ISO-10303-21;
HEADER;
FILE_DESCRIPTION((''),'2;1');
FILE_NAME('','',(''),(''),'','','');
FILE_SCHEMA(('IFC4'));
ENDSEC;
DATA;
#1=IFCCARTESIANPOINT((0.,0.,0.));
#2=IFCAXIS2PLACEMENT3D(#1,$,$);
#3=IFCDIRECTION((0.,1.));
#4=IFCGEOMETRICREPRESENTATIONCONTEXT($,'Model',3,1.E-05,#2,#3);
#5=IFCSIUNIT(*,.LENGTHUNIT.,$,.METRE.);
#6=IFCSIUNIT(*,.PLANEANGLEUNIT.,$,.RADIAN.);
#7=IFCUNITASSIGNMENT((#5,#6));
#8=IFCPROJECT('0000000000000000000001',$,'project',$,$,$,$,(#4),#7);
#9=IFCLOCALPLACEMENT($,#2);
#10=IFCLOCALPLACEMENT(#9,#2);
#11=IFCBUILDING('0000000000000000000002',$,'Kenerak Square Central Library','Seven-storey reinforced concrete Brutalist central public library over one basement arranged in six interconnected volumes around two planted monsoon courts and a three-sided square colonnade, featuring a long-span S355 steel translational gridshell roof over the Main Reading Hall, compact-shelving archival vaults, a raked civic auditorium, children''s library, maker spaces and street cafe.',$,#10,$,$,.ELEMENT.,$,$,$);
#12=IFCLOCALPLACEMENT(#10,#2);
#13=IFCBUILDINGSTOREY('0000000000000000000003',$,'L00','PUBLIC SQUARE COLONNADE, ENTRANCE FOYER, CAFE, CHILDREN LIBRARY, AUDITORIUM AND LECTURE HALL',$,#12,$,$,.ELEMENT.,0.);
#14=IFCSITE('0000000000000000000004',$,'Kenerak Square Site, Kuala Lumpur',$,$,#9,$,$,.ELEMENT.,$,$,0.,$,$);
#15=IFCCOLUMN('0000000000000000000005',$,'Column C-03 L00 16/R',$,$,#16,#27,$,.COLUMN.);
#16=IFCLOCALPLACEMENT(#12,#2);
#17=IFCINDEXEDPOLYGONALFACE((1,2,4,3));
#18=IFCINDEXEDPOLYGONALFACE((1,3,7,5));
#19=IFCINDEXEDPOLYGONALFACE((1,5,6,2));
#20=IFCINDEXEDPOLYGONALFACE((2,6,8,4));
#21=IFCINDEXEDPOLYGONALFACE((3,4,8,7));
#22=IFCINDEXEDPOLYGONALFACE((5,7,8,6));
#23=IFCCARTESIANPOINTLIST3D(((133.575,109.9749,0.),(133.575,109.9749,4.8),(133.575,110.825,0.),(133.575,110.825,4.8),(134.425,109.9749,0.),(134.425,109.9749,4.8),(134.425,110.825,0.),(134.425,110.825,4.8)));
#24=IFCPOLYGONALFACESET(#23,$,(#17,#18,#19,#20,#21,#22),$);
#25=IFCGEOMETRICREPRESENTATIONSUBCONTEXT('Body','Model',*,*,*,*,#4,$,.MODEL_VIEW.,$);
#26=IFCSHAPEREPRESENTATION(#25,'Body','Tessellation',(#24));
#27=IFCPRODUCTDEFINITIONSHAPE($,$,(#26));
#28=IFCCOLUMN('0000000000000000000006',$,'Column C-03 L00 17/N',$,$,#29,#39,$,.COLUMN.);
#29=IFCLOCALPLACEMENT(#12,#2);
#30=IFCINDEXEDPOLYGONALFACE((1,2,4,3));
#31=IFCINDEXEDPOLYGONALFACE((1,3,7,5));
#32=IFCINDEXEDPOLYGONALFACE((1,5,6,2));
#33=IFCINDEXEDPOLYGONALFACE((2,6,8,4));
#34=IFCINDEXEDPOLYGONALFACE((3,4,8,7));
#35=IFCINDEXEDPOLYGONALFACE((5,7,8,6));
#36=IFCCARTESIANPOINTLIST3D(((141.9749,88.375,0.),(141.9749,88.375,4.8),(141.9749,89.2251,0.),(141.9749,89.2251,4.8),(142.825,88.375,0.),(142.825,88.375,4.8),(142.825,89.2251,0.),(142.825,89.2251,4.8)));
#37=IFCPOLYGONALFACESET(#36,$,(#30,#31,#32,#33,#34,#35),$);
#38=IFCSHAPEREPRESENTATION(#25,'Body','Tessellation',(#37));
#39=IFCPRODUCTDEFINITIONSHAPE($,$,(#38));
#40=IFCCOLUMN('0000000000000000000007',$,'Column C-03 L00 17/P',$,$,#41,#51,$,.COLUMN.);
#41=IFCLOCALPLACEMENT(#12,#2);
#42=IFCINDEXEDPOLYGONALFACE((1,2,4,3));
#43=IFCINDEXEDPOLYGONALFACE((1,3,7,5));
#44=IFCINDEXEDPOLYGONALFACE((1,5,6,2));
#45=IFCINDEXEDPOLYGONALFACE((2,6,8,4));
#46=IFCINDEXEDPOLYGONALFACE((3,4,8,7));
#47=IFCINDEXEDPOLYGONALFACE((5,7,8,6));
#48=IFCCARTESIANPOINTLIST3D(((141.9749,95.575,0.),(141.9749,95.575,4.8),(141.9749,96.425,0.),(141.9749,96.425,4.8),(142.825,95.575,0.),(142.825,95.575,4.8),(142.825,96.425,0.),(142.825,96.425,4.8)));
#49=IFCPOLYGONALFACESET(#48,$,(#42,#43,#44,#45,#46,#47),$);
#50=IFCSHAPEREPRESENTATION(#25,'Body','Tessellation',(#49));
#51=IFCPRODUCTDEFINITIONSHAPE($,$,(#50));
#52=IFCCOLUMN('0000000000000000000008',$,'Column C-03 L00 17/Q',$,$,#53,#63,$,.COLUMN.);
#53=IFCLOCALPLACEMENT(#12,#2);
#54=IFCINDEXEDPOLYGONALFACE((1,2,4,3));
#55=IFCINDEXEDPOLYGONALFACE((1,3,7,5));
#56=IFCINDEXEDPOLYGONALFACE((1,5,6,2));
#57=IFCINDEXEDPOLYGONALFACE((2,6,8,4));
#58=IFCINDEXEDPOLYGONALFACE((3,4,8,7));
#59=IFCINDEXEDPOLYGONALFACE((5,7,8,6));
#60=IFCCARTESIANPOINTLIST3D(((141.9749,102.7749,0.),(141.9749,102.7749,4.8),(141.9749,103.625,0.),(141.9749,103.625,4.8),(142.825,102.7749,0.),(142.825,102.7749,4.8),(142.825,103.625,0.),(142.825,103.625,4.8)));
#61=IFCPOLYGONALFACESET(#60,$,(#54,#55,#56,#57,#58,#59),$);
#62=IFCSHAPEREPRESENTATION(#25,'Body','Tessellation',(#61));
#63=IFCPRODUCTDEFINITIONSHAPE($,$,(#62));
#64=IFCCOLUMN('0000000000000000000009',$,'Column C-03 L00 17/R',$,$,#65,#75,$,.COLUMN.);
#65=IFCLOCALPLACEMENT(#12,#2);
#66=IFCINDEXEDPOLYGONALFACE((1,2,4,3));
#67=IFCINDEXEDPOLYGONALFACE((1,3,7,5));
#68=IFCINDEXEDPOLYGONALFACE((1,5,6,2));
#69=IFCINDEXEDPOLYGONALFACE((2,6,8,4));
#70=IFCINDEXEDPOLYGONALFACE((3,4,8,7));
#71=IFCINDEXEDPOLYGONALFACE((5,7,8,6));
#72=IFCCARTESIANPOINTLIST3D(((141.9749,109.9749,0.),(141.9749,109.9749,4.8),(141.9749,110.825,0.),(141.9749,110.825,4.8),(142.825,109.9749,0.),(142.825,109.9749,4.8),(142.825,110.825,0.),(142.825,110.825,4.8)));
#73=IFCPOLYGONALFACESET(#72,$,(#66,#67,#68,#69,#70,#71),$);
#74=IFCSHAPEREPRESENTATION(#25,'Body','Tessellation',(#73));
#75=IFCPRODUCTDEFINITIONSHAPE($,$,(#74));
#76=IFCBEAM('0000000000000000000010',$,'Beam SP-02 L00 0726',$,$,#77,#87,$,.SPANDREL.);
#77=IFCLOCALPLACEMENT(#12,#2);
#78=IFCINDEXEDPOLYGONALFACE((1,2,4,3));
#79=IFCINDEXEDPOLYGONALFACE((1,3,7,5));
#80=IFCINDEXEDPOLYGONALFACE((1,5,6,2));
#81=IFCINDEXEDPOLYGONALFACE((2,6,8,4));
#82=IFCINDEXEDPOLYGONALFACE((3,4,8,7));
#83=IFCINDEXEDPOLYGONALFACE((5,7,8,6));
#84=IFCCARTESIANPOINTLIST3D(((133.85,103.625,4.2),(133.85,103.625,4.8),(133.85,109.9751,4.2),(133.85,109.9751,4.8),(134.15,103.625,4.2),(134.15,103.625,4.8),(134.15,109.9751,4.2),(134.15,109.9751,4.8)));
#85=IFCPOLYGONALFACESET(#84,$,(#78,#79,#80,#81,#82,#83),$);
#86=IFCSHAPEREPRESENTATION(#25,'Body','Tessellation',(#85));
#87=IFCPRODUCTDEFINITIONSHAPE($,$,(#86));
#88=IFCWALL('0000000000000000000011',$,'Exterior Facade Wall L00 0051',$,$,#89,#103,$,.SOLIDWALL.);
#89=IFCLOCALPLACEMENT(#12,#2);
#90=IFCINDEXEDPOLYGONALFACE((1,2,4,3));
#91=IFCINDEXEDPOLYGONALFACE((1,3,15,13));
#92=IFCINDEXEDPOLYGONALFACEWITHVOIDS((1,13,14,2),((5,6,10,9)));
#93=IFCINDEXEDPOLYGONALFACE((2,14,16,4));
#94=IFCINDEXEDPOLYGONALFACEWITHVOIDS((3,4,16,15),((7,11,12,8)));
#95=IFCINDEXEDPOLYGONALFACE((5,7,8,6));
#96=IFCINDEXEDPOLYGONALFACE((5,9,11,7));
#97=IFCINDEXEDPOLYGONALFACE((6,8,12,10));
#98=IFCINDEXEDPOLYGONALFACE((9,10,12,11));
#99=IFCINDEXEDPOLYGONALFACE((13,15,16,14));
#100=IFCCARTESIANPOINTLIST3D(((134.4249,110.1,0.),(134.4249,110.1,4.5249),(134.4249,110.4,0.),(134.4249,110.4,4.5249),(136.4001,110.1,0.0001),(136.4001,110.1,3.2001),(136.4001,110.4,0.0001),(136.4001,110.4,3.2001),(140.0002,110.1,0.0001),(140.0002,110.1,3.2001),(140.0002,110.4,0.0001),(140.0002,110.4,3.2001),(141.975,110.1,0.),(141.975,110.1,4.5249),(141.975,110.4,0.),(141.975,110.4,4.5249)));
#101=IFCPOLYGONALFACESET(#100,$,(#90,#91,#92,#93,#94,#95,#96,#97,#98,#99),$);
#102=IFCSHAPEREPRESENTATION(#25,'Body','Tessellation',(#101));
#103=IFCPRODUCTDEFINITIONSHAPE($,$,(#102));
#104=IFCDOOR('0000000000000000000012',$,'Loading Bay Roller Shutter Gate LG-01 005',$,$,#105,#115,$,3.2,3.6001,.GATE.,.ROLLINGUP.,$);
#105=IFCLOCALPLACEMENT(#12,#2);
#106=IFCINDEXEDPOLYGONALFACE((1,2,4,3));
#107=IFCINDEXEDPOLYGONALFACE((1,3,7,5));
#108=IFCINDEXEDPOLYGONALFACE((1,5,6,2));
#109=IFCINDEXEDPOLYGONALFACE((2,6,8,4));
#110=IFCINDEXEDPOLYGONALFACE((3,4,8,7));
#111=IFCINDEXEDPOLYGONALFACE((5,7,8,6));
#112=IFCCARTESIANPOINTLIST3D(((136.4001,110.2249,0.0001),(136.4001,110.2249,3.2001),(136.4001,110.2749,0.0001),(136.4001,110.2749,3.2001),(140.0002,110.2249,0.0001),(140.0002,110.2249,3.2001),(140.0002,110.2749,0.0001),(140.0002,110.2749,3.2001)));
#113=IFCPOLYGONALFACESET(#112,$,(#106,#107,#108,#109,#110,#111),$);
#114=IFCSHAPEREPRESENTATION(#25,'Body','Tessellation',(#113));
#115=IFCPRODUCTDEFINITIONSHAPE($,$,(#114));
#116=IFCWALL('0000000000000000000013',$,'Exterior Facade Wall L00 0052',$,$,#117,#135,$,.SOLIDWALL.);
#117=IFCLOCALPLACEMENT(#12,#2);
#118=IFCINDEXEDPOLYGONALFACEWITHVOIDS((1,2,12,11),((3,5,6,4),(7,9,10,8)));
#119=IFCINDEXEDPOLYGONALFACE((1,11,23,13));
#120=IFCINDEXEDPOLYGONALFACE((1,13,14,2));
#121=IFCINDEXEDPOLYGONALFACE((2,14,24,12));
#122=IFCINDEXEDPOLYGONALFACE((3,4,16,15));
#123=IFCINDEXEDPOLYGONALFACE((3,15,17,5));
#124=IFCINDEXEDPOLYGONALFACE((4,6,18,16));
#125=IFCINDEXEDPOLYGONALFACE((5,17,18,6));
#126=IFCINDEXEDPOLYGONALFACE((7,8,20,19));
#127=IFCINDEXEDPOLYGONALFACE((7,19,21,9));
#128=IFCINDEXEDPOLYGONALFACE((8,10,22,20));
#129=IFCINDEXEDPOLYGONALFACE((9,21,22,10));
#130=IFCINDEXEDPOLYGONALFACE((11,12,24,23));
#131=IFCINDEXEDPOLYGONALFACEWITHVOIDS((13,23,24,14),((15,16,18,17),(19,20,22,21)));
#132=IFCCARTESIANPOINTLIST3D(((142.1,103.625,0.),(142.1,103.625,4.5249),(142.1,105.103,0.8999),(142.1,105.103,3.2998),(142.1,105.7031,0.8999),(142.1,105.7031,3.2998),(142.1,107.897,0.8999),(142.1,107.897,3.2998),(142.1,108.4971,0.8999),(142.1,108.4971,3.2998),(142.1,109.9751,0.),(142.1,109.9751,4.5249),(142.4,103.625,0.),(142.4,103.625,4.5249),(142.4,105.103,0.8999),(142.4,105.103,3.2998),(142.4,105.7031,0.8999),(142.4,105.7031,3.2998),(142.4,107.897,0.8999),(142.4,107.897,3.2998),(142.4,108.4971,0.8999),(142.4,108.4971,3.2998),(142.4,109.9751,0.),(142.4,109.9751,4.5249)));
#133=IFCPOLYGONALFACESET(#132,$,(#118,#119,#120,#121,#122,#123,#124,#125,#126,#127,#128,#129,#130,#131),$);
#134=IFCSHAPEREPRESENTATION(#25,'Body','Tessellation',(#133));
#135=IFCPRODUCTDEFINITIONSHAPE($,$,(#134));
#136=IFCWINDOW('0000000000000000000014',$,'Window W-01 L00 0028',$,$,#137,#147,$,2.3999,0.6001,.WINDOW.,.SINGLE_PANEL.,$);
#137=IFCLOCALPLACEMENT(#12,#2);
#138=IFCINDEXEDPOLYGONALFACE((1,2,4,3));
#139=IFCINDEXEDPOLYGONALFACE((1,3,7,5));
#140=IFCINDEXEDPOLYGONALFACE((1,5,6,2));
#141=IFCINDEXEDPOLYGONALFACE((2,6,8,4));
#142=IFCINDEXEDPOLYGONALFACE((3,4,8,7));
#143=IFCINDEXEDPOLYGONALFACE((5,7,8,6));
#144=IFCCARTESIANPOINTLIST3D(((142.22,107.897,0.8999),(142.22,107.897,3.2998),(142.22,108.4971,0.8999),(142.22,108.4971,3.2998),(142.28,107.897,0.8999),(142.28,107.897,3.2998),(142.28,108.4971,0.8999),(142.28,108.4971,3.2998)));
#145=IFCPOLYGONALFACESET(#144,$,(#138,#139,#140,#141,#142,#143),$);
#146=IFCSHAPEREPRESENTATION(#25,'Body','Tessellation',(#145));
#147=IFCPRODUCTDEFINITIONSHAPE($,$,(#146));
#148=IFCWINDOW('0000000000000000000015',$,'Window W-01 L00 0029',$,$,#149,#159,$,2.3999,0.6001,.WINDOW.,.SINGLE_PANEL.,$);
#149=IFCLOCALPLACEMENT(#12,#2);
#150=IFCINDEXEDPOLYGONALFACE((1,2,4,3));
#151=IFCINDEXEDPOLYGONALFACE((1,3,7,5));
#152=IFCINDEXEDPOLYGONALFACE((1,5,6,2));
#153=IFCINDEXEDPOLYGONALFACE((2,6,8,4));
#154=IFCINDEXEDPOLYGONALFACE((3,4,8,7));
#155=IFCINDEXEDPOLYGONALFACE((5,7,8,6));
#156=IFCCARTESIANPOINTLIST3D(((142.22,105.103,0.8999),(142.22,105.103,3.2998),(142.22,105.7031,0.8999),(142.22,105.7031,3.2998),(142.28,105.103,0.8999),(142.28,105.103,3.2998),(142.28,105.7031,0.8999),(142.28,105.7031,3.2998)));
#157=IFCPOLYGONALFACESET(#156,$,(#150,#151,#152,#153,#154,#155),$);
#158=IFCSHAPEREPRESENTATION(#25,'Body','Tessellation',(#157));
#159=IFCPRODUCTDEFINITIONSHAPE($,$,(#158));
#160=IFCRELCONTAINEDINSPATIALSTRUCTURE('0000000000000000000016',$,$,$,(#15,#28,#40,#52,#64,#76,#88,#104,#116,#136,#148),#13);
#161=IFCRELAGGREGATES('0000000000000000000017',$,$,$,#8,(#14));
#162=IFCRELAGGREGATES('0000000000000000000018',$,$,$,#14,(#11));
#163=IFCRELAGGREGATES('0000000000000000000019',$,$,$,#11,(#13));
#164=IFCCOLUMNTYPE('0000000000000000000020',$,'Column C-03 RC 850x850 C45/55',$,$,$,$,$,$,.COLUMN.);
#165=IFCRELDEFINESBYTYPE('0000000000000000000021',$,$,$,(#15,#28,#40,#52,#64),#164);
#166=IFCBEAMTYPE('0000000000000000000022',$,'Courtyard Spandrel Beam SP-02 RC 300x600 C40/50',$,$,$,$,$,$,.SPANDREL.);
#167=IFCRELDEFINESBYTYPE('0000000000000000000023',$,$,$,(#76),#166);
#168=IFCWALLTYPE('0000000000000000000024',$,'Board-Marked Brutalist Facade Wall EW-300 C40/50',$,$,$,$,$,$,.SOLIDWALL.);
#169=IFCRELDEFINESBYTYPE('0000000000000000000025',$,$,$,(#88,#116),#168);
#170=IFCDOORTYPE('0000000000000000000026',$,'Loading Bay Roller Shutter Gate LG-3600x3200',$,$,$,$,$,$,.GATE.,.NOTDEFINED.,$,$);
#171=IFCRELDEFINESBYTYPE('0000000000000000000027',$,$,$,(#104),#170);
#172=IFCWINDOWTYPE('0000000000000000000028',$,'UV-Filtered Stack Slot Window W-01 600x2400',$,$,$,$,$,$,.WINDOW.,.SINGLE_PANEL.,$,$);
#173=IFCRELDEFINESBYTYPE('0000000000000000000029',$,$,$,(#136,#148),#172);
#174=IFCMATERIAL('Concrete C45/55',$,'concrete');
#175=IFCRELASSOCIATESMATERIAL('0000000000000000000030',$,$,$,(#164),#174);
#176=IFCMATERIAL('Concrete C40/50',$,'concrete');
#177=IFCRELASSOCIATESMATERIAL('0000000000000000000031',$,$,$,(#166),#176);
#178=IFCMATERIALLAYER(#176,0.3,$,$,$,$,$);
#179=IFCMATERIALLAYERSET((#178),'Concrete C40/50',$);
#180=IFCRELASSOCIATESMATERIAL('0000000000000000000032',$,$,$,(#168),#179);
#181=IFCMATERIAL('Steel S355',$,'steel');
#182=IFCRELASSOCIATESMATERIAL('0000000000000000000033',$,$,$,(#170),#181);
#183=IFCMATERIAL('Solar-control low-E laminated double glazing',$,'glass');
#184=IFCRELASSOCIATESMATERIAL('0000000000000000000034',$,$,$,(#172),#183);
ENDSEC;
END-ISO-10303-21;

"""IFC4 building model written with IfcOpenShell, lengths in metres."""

from ifc_helpers import new_model, si_unit, direction, frame, frame_2d, origin, origin_2d, place, context, subcontext, project, spatial, rectangle, extrude, material, layer, layer_set, material_profile, profile_set, type_object, element, fill, save


model = new_model("IFC4")

# Units and contexts
model_context = context("Model", 3, precision=1e-05, world=origin(), true_north=direction((0.0, 1.0)))
body_context = subcontext(model_context, "Body", "Model", "MODEL_VIEW")
ifc_project = project(units=[si_unit("LENGTHUNIT", "METRE"), si_unit("PLANEANGLEUNIT", "RADIAN")], contexts=[model_context])

# Site, building, storey
site_placement = place(None, origin())
site = spatial("IfcSite", under=ifc_project, at=site_placement, Name="Kenerak Square Site, Kuala Lumpur", CompositionType="ELEMENT", RefElevation=0.0)
building_placement = place(site_placement, origin())
building = spatial("IfcBuilding", under=site, at=building_placement, Name="Kenerak Square Central Library", Description="Seven-storey reinforced concrete Brutalist central public library over one basement arranged in six interconnected volumes around two planted monsoon courts and a three-sided square colonnade, featuring a long-span S355 steel translational gridshell roof over the Main Reading Hall, compact-shelving archival vaults, a raked civic auditorium, children's library, maker spaces and street cafe.", CompositionType="ELEMENT")
storey_placement = place(building_placement, origin())
storey = spatial("IfcBuildingStorey", under=building, at=storey_placement, Name="L00", Description="PUBLIC SQUARE COLONNADE, ENTRANCE FOYER, CAFE, CHILDREN LIBRARY, AUDITORIUM AND LECTURE HALL", CompositionType="ELEMENT", Elevation=0.0)

# Columns
ifc_material_1 = material(Name="Concrete C45/55", Category="concrete")
ifc_material_profile_1 = material_profile(ifc_material_1, rectangle(XDim=0.8501, YDim=0.8501, at=origin_2d()), Name="RC 850x850")
ifc_profile_set_1 = profile_set([ifc_material_profile_1], Name="Concrete C45/55")
column_type = type_object("IfcColumnType", Name="Column C-03 RC 850x850 C45/55", PredefinedType="COLUMN", material=ifc_profile_set_1)
for number, where, z_axis, x_axis, name in (
    (1, (134.0, 110.3999, 0.0), (0.0, 0.0, 1.0), (1.0, 0.0, 0.0), "Column C-03 L00 16/R"),
    (2, (142.3999, 88.8, 0.0), (0.0, 0.0, 1.0), (1.0, 0.0, 0.0), "Column C-03 L00 17/N"),
    (3, (142.3999, 96.0, 0.0), (0.0, 0.0, 1.0), (1.0, 0.0, 0.0), "Column C-03 L00 17/P"),
    (4, (142.3999, 103.2, 0.0), (0.0, 0.0, 1.0), (1.0, 0.0, 0.0), "Column C-03 L00 17/Q"),
    (5, (142.3999, 110.3999, 0.0), (0.0, 0.0, 1.0), (1.0, 0.0, 0.0), "Column C-03 L00 17/R"),
):
    element("IfcColumn", number, at=place(storey_placement, frame(where, z_axis=z_axis, x_axis=x_axis)), inside=storey, type_object=column_type, Name=name, PredefinedType="COLUMN", context=body_context, shape_type="SweptSolid", body=[
        extrude(rectangle(XDim=0.8501, YDim=0.8501, at=origin_2d()), origin(), (0.0, 0.0, 1.0), 4.8),
    ])

# Beam
ifc_material_2 = material(Name="Concrete C40/50", Category="concrete")
ifc_material_profile_2 = material_profile(ifc_material_2, rectangle(XDim=0.3, YDim=0.6001, at=origin_2d()), Name="RC 300x600")
ifc_profile_set_2 = profile_set([ifc_material_profile_2], Name="Concrete C40/50")
beam_type = type_object("IfcBeamType", Name="Courtyard Spandrel Beam SP-02 RC 300x600 C40/50", PredefinedType="SPANDREL", material=ifc_profile_set_2)
beam_placement = place(storey_placement, frame((134.0, 103.625, 4.5), z_axis=(0.0, 1.0, 0.0), x_axis=(-1.0, 0.0, 0.0)))
element("IfcBeam", 6, at=beam_placement, inside=storey, type_object=beam_type, Name="Beam SP-02 L00 0726", PredefinedType="SPANDREL", context=body_context, shape_type="SweptSolid", body=[
    extrude(rectangle(XDim=0.3, YDim=0.6001, at=origin_2d()), origin(), (0.0, 0.0, 1.0), 6.3501),
])

# Wall, opening, door
ifc_layer = layer(ifc_material_2, 0.3)
ifc_layer_set = layer_set([ifc_layer], Name="Concrete C40/50")
wall_type = type_object("IfcWallType", Name="Board-Marked Brutalist Facade Wall EW-300 C40/50", PredefinedType="SOLIDWALL", material=ifc_layer_set)
wall_1_placement = place(storey_placement, frame((134.425, 110.25, 0.0), z_axis=(0.0, 0.0, 1.0), x_axis=(1.0, 0.0, 0.0)))
wall_1 = element("IfcWall", 7, at=wall_1_placement, inside=storey, type_object=wall_type, Name="Exterior Facade Wall L00 0051", PredefinedType="SOLIDWALL", context=body_context, shape_type="SweptSolid", body=[
    extrude(rectangle(XDim=7.55, YDim=0.3, at=frame_2d((3.7749, 0.0))), origin(), (0.0, 0.0, 1.0), 4.5249),
])
opening_1_placement = place(wall_1_placement, frame((1.9751, 0.0, 0.0)))
opening_1 = element("IfcOpeningElement", 8, at=opening_1_placement, cuts=wall_1, PredefinedType="OPENING", context=body_context, shape_type="SweptSolid", body=[
    extrude(rectangle(XDim=3.6001, YDim=3.2, at=frame_2d((1.8, 1.6001))), frame((0.0, 0.1599, 0.0), z_axis=(0.0, -1.0, 0.0), x_axis=(1.0, 0.0, 0.0)), (0.0, 0.0, 1.0), 0.3201),
])
ifc_material_3 = material(Name="Steel S355", Category="steel")
door_type = type_object("IfcDoorType", Name="Loading Bay Roller Shutter Gate LG-3600x3200", OperationType="NOTDEFINED", PredefinedType="GATE", material=ifc_material_3)
door_placement = place(opening_1_placement, origin())
door = element("IfcDoor", 9, at=door_placement, inside=storey, type_object=door_type, Name="Loading Bay Roller Shutter Gate LG-01 005", OperationType="ROLLINGUP", OverallHeight=3.2, OverallWidth=3.6001, PredefinedType="GATE", context=body_context, shape_type="SweptSolid", body=[
    extrude(rectangle(XDim=3.6001, YDim=3.2, at=frame_2d((1.8, 1.6001))), frame((0.0, 0.0249, 0.0), z_axis=(0.0, -1.0, 0.0), x_axis=(1.0, 0.0, 0.0)), (0.0, 0.0, 1.0), 0.05),
])
fill(opening_1, door)

# Wall, openings, windows
wall_2_placement = place(storey_placement, frame((142.25, 109.9751, 0.0), z_axis=(0.0, 0.0, 1.0), x_axis=(0.0, -1.0, 0.0)))
wall_2 = element("IfcWall", 10, at=wall_2_placement, inside=storey, type_object=wall_type, Name="Exterior Facade Wall L00 0052", PredefinedType="SOLIDWALL", context=body_context, shape_type="SweptSolid", body=[
    extrude(rectangle(XDim=6.3501, YDim=0.3, at=frame_2d((3.175, 0.0))), origin(), (0.0, 0.0, 1.0), 4.5249),
])
opening_2_placement = place(wall_2_placement, frame((1.478, 0.0, 0.8999)))
opening_2 = element("IfcOpeningElement", 11, at=opening_2_placement, cuts=wall_2, PredefinedType="OPENING", context=body_context, shape_type="SweptSolid", body=[
    extrude(rectangle(XDim=0.6001, YDim=2.3999, at=frame_2d((0.3, 1.2))), frame((0.0, 0.1599, 0.0), z_axis=(0.0, -1.0, 0.0), x_axis=(1.0, 0.0, 0.0)), (0.0, 0.0, 1.0), 0.3201),
])
opening_3_placement = place(wall_2_placement, frame((4.272, 0.0, 0.8999)))
opening_3 = element("IfcOpeningElement", 12, at=opening_3_placement, cuts=wall_2, PredefinedType="OPENING", context=body_context, shape_type="SweptSolid", body=[
    extrude(rectangle(XDim=0.6001, YDim=2.3999, at=frame_2d((0.3, 1.2))), frame((0.0, 0.1599, 0.0), z_axis=(0.0, -1.0, 0.0), x_axis=(1.0, 0.0, 0.0)), (0.0, 0.0, 1.0), 0.3201),
])
ifc_material_4 = material(Name="Solar-control low-E laminated double glazing", Category="glass")
window_type = type_object("IfcWindowType", Name="UV-Filtered Stack Slot Window W-01 600x2400", PartitioningType="SINGLE_PANEL", PredefinedType="WINDOW", material=ifc_material_4)
window_1_placement = place(opening_2_placement, origin())
window_1 = element("IfcWindow", 13, at=window_1_placement, inside=storey, type_object=window_type, Name="Window W-01 L00 0028", OverallHeight=2.3999, OverallWidth=0.6001, PartitioningType="SINGLE_PANEL", PredefinedType="WINDOW", context=body_context, shape_type="SweptSolid", body=[
    extrude(rectangle(XDim=0.6001, YDim=2.3999, at=frame_2d((0.3, 1.2))), frame((0.0, 0.03, 0.0), z_axis=(0.0, -1.0, 0.0), x_axis=(1.0, 0.0, 0.0)), (0.0, 0.0, 1.0), 0.0601),
])
fill(opening_2, window_1)
window_2_placement = place(opening_3_placement, origin())
window_2 = element("IfcWindow", 14, at=window_2_placement, inside=storey, type_object=window_type, Name="Window W-01 L00 0029", OverallHeight=2.3999, OverallWidth=0.6001, PartitioningType="SINGLE_PANEL", PredefinedType="WINDOW", context=body_context, shape_type="SweptSolid", body=[
    extrude(rectangle(XDim=0.6001, YDim=2.3999, at=frame_2d((0.3, 1.2))), frame((0.0, 0.03, 0.0), z_axis=(0.0, -1.0, 0.0), x_axis=(1.0, 0.0, 0.0)), (0.0, 0.0, 1.0), 0.0601),
])
fill(opening_3, window_2)

save(model, "model.ifc")
